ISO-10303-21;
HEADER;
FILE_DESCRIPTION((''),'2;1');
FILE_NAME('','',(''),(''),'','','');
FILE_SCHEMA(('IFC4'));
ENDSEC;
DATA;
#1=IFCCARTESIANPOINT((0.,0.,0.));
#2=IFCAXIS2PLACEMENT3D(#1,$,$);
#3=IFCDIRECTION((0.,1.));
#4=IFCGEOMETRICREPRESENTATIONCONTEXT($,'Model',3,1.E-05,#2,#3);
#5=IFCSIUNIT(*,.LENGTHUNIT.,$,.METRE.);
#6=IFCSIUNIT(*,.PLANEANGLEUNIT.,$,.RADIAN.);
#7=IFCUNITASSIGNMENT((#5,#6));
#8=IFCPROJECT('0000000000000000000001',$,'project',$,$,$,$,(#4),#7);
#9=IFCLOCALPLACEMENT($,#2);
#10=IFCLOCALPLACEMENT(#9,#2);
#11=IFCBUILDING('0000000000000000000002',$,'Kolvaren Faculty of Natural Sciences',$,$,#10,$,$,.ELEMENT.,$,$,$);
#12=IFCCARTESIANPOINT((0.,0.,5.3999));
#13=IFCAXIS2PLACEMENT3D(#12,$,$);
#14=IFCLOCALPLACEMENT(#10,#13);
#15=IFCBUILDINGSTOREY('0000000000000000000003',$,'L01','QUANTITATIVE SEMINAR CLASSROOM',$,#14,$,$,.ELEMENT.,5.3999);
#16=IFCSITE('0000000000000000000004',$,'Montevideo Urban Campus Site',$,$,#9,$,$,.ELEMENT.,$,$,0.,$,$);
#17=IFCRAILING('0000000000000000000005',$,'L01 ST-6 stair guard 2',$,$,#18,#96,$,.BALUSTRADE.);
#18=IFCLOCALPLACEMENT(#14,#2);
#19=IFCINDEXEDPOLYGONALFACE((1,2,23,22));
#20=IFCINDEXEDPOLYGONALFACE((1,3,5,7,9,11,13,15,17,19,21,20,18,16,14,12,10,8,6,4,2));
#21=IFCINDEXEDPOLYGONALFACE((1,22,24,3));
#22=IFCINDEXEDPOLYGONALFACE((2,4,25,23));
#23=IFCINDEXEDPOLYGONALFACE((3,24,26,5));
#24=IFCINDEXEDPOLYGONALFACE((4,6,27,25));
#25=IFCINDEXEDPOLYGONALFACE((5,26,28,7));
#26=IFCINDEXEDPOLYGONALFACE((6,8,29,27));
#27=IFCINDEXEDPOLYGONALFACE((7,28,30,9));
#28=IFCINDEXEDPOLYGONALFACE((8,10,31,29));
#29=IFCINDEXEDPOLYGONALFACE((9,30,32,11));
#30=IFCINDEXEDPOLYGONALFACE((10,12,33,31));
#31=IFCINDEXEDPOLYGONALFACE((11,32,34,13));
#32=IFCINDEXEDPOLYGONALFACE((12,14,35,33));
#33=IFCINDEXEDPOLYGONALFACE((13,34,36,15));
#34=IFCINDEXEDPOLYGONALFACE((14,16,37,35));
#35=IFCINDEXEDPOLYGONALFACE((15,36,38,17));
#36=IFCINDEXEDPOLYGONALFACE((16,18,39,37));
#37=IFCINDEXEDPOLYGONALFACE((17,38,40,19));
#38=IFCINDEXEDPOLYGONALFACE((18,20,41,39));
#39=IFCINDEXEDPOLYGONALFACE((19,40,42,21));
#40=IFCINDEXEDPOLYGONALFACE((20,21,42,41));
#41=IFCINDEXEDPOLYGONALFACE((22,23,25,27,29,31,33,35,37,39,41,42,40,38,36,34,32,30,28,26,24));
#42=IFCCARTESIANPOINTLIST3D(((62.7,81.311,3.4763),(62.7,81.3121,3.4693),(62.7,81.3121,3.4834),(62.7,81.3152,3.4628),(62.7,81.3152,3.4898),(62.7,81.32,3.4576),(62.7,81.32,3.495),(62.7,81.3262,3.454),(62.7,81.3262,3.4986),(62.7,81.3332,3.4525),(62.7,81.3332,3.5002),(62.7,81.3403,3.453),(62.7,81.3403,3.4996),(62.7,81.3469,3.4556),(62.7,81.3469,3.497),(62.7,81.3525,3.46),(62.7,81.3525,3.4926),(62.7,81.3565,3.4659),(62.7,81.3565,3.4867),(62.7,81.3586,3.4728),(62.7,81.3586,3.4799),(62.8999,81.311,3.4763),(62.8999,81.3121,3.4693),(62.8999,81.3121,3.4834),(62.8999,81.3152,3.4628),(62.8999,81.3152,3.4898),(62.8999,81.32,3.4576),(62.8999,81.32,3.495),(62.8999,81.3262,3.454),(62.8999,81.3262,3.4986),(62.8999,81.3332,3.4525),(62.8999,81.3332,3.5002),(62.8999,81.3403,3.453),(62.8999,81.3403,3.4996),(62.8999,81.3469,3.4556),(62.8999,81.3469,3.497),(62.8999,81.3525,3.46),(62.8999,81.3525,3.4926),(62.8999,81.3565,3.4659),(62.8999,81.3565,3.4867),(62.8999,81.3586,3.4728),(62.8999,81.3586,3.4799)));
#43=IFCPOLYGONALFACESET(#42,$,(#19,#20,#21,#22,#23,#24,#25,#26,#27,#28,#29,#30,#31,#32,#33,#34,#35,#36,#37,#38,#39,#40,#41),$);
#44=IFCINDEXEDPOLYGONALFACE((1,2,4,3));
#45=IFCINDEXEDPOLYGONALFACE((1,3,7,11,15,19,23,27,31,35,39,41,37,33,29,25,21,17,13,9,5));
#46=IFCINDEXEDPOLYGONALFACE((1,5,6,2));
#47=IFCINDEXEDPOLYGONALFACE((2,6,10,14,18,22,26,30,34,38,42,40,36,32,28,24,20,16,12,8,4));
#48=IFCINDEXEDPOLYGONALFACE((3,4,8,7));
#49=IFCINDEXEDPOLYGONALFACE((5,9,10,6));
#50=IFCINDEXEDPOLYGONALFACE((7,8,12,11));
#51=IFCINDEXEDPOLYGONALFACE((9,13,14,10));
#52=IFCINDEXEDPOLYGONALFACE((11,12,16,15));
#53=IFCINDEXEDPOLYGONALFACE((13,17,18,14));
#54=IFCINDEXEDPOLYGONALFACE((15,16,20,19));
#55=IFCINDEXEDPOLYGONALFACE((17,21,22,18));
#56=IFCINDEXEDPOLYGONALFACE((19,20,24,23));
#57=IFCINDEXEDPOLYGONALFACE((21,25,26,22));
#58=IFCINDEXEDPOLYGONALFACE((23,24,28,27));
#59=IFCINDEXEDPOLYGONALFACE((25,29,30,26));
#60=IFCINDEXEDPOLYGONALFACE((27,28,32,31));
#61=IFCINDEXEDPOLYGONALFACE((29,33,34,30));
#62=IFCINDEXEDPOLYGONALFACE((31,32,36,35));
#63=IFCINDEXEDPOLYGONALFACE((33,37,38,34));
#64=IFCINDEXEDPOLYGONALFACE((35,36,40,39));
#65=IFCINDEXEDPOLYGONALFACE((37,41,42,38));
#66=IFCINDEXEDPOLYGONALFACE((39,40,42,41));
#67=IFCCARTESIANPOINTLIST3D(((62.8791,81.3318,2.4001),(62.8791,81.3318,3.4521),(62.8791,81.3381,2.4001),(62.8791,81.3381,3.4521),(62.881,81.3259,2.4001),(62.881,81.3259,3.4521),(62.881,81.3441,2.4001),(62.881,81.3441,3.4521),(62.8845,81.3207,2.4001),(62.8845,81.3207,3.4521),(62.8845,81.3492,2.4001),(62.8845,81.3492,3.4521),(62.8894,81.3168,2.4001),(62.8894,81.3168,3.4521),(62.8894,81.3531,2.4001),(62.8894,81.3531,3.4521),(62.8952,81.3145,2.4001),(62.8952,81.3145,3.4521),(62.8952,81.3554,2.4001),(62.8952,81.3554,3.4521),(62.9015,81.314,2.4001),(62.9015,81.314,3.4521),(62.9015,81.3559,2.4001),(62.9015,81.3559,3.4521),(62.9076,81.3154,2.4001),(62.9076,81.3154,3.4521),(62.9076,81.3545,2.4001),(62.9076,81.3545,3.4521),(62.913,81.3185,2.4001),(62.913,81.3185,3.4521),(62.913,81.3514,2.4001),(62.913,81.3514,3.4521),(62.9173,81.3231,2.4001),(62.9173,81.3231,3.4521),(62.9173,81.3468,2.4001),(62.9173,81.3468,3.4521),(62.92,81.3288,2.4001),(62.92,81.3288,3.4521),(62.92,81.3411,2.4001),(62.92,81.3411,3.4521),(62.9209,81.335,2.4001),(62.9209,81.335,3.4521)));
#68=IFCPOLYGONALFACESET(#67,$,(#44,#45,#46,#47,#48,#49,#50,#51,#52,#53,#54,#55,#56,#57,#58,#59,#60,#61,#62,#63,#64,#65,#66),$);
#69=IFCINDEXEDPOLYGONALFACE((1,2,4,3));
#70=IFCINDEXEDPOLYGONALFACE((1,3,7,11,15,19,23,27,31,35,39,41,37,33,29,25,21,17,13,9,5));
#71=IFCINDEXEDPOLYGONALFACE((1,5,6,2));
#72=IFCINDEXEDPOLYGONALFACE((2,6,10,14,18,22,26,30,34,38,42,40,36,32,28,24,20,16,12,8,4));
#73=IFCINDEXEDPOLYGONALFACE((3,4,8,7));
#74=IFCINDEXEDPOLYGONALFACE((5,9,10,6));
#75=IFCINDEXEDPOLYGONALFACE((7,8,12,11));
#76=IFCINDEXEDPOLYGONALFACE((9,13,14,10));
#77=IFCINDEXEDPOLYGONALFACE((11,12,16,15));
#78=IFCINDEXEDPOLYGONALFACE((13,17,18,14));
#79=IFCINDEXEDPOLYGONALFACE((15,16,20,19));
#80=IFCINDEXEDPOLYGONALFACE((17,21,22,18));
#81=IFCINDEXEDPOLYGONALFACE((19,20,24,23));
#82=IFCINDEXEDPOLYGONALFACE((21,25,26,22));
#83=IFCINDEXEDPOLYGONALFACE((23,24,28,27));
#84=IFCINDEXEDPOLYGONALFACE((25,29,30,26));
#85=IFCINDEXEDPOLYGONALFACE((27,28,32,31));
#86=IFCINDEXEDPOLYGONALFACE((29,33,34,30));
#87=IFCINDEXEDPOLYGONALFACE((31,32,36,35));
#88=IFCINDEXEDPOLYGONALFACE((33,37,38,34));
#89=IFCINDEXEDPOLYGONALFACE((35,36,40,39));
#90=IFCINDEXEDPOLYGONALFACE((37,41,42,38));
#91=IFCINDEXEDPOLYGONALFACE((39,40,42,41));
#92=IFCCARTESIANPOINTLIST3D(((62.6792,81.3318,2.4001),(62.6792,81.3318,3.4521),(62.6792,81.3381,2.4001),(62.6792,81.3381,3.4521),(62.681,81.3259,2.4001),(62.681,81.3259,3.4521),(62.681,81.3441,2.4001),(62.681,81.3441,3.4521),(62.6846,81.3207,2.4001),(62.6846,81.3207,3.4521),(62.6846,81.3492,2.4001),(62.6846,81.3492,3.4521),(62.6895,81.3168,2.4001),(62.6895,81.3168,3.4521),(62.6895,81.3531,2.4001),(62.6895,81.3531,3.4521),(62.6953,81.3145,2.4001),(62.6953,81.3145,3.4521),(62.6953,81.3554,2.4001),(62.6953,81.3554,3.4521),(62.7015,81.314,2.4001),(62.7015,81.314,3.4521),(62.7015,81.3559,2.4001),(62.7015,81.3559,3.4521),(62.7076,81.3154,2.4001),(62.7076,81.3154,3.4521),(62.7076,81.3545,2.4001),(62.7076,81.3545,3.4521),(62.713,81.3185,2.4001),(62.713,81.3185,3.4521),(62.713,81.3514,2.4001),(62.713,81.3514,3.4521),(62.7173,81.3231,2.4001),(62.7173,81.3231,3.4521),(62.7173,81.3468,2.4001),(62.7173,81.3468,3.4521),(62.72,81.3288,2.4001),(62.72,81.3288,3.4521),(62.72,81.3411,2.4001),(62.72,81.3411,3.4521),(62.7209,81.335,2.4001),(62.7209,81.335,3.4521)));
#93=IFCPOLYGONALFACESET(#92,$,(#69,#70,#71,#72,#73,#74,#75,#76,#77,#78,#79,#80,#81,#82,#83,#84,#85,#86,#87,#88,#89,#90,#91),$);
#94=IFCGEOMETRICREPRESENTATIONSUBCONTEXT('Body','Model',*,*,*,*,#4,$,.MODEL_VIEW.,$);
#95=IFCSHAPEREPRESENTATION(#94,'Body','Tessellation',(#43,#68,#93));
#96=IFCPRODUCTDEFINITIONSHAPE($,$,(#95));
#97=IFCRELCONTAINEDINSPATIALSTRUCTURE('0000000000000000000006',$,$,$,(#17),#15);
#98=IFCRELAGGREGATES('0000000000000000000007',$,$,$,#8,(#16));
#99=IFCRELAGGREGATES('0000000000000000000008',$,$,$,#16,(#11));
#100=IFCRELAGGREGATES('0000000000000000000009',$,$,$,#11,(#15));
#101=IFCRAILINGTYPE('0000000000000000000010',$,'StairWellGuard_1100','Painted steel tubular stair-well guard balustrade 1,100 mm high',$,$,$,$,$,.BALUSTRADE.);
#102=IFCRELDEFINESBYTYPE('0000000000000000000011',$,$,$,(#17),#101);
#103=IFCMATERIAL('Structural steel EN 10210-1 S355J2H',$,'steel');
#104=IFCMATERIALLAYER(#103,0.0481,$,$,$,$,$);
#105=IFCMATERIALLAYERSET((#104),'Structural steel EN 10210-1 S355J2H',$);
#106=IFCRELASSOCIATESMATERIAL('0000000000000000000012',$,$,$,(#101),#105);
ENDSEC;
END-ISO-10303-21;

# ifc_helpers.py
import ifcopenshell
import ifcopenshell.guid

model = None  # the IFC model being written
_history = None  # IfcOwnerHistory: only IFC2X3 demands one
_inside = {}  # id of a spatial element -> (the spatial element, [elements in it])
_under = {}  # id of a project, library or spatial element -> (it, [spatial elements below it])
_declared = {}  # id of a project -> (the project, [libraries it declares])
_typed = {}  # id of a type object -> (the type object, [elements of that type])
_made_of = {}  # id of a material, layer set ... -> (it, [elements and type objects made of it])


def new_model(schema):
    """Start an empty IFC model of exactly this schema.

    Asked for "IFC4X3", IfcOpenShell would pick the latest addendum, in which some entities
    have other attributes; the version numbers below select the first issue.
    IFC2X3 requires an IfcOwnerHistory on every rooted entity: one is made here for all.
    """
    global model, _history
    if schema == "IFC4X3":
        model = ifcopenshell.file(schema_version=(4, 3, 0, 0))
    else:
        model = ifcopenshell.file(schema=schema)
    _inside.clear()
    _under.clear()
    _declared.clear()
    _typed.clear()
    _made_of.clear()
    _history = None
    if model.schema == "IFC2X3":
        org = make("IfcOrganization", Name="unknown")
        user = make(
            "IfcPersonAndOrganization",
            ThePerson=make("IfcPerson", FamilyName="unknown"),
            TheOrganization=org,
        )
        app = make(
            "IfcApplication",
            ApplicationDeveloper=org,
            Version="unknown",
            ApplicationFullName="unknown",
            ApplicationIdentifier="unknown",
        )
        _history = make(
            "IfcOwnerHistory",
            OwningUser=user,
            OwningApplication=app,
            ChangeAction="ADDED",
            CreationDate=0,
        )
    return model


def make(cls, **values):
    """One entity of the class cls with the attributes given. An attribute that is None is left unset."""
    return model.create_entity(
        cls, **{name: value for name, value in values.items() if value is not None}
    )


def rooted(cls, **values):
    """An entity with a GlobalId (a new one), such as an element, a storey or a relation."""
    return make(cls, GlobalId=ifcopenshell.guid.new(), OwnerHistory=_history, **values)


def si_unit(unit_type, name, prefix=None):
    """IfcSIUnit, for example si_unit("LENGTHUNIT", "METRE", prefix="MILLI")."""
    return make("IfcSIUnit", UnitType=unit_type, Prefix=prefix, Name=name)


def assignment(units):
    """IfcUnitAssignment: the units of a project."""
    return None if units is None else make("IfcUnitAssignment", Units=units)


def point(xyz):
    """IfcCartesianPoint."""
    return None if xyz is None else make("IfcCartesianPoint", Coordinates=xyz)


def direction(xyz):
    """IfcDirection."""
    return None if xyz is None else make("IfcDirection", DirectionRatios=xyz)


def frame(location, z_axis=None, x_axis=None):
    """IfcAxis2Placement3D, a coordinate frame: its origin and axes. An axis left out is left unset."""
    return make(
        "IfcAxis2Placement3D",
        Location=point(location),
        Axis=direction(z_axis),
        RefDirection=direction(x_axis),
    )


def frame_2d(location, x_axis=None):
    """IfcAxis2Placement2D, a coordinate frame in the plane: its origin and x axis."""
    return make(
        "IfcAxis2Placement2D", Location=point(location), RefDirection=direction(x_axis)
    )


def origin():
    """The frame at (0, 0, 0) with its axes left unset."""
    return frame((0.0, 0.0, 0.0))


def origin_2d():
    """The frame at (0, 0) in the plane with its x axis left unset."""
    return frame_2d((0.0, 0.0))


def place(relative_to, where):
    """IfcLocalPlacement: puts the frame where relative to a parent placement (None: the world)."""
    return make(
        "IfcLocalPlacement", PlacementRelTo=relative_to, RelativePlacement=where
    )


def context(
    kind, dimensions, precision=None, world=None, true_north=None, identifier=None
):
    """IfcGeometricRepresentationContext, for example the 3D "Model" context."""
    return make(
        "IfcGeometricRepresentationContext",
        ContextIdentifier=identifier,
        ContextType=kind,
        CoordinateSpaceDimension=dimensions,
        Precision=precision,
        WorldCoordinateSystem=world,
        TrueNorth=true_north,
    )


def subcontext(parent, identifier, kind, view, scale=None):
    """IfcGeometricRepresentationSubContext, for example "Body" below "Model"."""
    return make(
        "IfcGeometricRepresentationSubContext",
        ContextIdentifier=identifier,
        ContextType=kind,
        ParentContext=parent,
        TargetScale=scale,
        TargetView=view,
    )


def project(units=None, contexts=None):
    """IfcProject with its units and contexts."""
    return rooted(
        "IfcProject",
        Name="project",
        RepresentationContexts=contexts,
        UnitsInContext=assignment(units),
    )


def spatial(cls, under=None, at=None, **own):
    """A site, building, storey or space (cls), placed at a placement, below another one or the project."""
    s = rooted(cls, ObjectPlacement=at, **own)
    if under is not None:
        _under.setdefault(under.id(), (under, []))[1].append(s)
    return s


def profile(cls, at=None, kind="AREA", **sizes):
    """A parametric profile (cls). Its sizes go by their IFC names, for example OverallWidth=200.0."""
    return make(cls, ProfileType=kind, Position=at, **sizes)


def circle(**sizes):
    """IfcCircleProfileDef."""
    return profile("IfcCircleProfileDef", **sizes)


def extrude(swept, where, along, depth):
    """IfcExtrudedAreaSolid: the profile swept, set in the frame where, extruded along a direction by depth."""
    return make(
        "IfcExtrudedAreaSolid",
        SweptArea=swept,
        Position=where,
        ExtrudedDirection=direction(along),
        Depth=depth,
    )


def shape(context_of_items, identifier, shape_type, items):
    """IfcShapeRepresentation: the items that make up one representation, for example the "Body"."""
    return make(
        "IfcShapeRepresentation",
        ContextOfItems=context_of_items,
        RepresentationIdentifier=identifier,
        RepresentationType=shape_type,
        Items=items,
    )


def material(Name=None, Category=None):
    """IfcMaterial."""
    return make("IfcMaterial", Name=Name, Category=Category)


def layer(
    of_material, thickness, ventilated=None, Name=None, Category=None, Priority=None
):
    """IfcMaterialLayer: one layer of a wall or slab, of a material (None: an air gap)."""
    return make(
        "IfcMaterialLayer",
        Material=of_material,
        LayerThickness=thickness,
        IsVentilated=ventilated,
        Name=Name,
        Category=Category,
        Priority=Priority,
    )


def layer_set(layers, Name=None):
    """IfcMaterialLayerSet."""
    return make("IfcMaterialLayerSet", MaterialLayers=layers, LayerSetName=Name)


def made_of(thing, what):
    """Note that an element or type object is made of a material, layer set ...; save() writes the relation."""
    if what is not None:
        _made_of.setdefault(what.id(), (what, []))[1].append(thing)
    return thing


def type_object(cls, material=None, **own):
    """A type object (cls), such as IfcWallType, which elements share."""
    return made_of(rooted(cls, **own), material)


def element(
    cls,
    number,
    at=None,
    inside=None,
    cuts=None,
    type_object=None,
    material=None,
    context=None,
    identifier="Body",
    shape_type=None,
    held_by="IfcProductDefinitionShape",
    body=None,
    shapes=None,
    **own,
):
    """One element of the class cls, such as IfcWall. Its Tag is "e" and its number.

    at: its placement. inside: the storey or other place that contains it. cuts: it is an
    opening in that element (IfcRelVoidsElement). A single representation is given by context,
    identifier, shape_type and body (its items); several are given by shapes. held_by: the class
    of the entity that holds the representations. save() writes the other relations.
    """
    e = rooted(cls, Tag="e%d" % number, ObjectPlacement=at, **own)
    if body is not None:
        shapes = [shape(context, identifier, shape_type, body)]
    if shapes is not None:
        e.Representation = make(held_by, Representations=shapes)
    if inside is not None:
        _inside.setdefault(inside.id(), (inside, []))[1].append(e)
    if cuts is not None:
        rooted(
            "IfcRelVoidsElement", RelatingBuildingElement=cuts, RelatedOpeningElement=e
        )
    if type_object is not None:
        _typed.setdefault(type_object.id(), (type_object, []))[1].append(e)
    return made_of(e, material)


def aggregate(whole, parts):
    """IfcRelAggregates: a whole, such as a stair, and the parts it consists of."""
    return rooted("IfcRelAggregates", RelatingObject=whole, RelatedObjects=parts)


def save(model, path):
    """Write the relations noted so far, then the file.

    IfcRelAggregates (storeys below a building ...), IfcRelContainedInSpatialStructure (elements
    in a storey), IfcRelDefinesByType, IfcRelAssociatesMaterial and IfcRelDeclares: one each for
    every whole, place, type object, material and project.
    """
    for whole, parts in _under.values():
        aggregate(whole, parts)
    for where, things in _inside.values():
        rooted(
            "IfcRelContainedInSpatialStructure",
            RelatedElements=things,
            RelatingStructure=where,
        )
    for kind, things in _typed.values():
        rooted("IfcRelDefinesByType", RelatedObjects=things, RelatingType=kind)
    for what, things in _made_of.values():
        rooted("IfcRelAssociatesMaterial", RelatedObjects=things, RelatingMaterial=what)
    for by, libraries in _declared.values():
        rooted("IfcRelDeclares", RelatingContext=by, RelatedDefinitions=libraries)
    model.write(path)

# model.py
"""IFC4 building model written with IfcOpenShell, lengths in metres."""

from ifc_helpers import new_model, si_unit, direction, frame, origin, origin_2d, place, context, subcontext, project, spatial, circle, extrude, material, layer, layer_set, type_object, element, save


model = new_model("IFC4")

# Units and contexts
model_context = context("Model", 3, precision=1e-05, world=origin(), true_north=direction((0.0, 1.0)))
body_context = subcontext(model_context, "Body", "Model", "MODEL_VIEW")
ifc_project = project(units=[si_unit("LENGTHUNIT", "METRE"), si_unit("PLANEANGLEUNIT", "RADIAN")], contexts=[model_context])

# Site, building, storey
site_placement = place(None, origin())
site = spatial("IfcSite", under=ifc_project, at=site_placement, Name="Montevideo Urban Campus Site", CompositionType="ELEMENT", RefElevation=0.0)
building_placement = place(site_placement, origin())
building = spatial("IfcBuilding", under=site, at=building_placement, Name="Kolvaren Faculty of Natural Sciences", CompositionType="ELEMENT")
storey_placement = place(building_placement, frame((0.0, 0.0, 5.3999)))
storey = spatial("IfcBuildingStorey", under=building, at=storey_placement, Name="L01", Description="QUANTITATIVE SEMINAR CLASSROOM", CompositionType="ELEMENT", Elevation=5.3999)

# Railing
ifc_material_1 = material(Name="Structural steel EN 10210-1 S355J2H", Category="steel")
ifc_layer_1 = layer(ifc_material_1, 0.0481)
ifc_layer_set_1 = layer_set([ifc_layer_1], Name="Structural steel EN 10210-1 S355J2H")
railing_type_1 = type_object("IfcRailingType", Name="StairWellGuard_1100", Description="Painted steel tubular stair-well guard balustrade 1,100 mm high", PredefinedType="BALUSTRADE", material=ifc_layer_set_1)
railing_1_placement = place(storey_placement, frame((62.8999, 81.335, 2.4001)))
element("IfcRailing", 1, at=railing_1_placement, inside=storey, type_object=railing_type_1, Name="L01 ST-6 stair guard 2", PredefinedType="BALUSTRADE", context=body_context, shape_type="SweptSolid", body=[
    extrude(circle(Radius=0.0239, at=origin_2d()), frame((0.0, 0.0, 1.0762), z_axis=(-1.0, 0.0, 0.0), x_axis=(0.0, -1.0, 0.0)), (0.0, 0.0, 1.0), 0.2),
    extrude(circle(Radius=0.021, at=origin_2d()), origin(), (0.0, 0.0, 1.0), 1.052),
    extrude(circle(Radius=0.021, at=origin_2d()), frame((-0.2, 0.0, 0.0)), (0.0, 0.0, 1.0), 1.052),
])

save(model, "model.ifc")
